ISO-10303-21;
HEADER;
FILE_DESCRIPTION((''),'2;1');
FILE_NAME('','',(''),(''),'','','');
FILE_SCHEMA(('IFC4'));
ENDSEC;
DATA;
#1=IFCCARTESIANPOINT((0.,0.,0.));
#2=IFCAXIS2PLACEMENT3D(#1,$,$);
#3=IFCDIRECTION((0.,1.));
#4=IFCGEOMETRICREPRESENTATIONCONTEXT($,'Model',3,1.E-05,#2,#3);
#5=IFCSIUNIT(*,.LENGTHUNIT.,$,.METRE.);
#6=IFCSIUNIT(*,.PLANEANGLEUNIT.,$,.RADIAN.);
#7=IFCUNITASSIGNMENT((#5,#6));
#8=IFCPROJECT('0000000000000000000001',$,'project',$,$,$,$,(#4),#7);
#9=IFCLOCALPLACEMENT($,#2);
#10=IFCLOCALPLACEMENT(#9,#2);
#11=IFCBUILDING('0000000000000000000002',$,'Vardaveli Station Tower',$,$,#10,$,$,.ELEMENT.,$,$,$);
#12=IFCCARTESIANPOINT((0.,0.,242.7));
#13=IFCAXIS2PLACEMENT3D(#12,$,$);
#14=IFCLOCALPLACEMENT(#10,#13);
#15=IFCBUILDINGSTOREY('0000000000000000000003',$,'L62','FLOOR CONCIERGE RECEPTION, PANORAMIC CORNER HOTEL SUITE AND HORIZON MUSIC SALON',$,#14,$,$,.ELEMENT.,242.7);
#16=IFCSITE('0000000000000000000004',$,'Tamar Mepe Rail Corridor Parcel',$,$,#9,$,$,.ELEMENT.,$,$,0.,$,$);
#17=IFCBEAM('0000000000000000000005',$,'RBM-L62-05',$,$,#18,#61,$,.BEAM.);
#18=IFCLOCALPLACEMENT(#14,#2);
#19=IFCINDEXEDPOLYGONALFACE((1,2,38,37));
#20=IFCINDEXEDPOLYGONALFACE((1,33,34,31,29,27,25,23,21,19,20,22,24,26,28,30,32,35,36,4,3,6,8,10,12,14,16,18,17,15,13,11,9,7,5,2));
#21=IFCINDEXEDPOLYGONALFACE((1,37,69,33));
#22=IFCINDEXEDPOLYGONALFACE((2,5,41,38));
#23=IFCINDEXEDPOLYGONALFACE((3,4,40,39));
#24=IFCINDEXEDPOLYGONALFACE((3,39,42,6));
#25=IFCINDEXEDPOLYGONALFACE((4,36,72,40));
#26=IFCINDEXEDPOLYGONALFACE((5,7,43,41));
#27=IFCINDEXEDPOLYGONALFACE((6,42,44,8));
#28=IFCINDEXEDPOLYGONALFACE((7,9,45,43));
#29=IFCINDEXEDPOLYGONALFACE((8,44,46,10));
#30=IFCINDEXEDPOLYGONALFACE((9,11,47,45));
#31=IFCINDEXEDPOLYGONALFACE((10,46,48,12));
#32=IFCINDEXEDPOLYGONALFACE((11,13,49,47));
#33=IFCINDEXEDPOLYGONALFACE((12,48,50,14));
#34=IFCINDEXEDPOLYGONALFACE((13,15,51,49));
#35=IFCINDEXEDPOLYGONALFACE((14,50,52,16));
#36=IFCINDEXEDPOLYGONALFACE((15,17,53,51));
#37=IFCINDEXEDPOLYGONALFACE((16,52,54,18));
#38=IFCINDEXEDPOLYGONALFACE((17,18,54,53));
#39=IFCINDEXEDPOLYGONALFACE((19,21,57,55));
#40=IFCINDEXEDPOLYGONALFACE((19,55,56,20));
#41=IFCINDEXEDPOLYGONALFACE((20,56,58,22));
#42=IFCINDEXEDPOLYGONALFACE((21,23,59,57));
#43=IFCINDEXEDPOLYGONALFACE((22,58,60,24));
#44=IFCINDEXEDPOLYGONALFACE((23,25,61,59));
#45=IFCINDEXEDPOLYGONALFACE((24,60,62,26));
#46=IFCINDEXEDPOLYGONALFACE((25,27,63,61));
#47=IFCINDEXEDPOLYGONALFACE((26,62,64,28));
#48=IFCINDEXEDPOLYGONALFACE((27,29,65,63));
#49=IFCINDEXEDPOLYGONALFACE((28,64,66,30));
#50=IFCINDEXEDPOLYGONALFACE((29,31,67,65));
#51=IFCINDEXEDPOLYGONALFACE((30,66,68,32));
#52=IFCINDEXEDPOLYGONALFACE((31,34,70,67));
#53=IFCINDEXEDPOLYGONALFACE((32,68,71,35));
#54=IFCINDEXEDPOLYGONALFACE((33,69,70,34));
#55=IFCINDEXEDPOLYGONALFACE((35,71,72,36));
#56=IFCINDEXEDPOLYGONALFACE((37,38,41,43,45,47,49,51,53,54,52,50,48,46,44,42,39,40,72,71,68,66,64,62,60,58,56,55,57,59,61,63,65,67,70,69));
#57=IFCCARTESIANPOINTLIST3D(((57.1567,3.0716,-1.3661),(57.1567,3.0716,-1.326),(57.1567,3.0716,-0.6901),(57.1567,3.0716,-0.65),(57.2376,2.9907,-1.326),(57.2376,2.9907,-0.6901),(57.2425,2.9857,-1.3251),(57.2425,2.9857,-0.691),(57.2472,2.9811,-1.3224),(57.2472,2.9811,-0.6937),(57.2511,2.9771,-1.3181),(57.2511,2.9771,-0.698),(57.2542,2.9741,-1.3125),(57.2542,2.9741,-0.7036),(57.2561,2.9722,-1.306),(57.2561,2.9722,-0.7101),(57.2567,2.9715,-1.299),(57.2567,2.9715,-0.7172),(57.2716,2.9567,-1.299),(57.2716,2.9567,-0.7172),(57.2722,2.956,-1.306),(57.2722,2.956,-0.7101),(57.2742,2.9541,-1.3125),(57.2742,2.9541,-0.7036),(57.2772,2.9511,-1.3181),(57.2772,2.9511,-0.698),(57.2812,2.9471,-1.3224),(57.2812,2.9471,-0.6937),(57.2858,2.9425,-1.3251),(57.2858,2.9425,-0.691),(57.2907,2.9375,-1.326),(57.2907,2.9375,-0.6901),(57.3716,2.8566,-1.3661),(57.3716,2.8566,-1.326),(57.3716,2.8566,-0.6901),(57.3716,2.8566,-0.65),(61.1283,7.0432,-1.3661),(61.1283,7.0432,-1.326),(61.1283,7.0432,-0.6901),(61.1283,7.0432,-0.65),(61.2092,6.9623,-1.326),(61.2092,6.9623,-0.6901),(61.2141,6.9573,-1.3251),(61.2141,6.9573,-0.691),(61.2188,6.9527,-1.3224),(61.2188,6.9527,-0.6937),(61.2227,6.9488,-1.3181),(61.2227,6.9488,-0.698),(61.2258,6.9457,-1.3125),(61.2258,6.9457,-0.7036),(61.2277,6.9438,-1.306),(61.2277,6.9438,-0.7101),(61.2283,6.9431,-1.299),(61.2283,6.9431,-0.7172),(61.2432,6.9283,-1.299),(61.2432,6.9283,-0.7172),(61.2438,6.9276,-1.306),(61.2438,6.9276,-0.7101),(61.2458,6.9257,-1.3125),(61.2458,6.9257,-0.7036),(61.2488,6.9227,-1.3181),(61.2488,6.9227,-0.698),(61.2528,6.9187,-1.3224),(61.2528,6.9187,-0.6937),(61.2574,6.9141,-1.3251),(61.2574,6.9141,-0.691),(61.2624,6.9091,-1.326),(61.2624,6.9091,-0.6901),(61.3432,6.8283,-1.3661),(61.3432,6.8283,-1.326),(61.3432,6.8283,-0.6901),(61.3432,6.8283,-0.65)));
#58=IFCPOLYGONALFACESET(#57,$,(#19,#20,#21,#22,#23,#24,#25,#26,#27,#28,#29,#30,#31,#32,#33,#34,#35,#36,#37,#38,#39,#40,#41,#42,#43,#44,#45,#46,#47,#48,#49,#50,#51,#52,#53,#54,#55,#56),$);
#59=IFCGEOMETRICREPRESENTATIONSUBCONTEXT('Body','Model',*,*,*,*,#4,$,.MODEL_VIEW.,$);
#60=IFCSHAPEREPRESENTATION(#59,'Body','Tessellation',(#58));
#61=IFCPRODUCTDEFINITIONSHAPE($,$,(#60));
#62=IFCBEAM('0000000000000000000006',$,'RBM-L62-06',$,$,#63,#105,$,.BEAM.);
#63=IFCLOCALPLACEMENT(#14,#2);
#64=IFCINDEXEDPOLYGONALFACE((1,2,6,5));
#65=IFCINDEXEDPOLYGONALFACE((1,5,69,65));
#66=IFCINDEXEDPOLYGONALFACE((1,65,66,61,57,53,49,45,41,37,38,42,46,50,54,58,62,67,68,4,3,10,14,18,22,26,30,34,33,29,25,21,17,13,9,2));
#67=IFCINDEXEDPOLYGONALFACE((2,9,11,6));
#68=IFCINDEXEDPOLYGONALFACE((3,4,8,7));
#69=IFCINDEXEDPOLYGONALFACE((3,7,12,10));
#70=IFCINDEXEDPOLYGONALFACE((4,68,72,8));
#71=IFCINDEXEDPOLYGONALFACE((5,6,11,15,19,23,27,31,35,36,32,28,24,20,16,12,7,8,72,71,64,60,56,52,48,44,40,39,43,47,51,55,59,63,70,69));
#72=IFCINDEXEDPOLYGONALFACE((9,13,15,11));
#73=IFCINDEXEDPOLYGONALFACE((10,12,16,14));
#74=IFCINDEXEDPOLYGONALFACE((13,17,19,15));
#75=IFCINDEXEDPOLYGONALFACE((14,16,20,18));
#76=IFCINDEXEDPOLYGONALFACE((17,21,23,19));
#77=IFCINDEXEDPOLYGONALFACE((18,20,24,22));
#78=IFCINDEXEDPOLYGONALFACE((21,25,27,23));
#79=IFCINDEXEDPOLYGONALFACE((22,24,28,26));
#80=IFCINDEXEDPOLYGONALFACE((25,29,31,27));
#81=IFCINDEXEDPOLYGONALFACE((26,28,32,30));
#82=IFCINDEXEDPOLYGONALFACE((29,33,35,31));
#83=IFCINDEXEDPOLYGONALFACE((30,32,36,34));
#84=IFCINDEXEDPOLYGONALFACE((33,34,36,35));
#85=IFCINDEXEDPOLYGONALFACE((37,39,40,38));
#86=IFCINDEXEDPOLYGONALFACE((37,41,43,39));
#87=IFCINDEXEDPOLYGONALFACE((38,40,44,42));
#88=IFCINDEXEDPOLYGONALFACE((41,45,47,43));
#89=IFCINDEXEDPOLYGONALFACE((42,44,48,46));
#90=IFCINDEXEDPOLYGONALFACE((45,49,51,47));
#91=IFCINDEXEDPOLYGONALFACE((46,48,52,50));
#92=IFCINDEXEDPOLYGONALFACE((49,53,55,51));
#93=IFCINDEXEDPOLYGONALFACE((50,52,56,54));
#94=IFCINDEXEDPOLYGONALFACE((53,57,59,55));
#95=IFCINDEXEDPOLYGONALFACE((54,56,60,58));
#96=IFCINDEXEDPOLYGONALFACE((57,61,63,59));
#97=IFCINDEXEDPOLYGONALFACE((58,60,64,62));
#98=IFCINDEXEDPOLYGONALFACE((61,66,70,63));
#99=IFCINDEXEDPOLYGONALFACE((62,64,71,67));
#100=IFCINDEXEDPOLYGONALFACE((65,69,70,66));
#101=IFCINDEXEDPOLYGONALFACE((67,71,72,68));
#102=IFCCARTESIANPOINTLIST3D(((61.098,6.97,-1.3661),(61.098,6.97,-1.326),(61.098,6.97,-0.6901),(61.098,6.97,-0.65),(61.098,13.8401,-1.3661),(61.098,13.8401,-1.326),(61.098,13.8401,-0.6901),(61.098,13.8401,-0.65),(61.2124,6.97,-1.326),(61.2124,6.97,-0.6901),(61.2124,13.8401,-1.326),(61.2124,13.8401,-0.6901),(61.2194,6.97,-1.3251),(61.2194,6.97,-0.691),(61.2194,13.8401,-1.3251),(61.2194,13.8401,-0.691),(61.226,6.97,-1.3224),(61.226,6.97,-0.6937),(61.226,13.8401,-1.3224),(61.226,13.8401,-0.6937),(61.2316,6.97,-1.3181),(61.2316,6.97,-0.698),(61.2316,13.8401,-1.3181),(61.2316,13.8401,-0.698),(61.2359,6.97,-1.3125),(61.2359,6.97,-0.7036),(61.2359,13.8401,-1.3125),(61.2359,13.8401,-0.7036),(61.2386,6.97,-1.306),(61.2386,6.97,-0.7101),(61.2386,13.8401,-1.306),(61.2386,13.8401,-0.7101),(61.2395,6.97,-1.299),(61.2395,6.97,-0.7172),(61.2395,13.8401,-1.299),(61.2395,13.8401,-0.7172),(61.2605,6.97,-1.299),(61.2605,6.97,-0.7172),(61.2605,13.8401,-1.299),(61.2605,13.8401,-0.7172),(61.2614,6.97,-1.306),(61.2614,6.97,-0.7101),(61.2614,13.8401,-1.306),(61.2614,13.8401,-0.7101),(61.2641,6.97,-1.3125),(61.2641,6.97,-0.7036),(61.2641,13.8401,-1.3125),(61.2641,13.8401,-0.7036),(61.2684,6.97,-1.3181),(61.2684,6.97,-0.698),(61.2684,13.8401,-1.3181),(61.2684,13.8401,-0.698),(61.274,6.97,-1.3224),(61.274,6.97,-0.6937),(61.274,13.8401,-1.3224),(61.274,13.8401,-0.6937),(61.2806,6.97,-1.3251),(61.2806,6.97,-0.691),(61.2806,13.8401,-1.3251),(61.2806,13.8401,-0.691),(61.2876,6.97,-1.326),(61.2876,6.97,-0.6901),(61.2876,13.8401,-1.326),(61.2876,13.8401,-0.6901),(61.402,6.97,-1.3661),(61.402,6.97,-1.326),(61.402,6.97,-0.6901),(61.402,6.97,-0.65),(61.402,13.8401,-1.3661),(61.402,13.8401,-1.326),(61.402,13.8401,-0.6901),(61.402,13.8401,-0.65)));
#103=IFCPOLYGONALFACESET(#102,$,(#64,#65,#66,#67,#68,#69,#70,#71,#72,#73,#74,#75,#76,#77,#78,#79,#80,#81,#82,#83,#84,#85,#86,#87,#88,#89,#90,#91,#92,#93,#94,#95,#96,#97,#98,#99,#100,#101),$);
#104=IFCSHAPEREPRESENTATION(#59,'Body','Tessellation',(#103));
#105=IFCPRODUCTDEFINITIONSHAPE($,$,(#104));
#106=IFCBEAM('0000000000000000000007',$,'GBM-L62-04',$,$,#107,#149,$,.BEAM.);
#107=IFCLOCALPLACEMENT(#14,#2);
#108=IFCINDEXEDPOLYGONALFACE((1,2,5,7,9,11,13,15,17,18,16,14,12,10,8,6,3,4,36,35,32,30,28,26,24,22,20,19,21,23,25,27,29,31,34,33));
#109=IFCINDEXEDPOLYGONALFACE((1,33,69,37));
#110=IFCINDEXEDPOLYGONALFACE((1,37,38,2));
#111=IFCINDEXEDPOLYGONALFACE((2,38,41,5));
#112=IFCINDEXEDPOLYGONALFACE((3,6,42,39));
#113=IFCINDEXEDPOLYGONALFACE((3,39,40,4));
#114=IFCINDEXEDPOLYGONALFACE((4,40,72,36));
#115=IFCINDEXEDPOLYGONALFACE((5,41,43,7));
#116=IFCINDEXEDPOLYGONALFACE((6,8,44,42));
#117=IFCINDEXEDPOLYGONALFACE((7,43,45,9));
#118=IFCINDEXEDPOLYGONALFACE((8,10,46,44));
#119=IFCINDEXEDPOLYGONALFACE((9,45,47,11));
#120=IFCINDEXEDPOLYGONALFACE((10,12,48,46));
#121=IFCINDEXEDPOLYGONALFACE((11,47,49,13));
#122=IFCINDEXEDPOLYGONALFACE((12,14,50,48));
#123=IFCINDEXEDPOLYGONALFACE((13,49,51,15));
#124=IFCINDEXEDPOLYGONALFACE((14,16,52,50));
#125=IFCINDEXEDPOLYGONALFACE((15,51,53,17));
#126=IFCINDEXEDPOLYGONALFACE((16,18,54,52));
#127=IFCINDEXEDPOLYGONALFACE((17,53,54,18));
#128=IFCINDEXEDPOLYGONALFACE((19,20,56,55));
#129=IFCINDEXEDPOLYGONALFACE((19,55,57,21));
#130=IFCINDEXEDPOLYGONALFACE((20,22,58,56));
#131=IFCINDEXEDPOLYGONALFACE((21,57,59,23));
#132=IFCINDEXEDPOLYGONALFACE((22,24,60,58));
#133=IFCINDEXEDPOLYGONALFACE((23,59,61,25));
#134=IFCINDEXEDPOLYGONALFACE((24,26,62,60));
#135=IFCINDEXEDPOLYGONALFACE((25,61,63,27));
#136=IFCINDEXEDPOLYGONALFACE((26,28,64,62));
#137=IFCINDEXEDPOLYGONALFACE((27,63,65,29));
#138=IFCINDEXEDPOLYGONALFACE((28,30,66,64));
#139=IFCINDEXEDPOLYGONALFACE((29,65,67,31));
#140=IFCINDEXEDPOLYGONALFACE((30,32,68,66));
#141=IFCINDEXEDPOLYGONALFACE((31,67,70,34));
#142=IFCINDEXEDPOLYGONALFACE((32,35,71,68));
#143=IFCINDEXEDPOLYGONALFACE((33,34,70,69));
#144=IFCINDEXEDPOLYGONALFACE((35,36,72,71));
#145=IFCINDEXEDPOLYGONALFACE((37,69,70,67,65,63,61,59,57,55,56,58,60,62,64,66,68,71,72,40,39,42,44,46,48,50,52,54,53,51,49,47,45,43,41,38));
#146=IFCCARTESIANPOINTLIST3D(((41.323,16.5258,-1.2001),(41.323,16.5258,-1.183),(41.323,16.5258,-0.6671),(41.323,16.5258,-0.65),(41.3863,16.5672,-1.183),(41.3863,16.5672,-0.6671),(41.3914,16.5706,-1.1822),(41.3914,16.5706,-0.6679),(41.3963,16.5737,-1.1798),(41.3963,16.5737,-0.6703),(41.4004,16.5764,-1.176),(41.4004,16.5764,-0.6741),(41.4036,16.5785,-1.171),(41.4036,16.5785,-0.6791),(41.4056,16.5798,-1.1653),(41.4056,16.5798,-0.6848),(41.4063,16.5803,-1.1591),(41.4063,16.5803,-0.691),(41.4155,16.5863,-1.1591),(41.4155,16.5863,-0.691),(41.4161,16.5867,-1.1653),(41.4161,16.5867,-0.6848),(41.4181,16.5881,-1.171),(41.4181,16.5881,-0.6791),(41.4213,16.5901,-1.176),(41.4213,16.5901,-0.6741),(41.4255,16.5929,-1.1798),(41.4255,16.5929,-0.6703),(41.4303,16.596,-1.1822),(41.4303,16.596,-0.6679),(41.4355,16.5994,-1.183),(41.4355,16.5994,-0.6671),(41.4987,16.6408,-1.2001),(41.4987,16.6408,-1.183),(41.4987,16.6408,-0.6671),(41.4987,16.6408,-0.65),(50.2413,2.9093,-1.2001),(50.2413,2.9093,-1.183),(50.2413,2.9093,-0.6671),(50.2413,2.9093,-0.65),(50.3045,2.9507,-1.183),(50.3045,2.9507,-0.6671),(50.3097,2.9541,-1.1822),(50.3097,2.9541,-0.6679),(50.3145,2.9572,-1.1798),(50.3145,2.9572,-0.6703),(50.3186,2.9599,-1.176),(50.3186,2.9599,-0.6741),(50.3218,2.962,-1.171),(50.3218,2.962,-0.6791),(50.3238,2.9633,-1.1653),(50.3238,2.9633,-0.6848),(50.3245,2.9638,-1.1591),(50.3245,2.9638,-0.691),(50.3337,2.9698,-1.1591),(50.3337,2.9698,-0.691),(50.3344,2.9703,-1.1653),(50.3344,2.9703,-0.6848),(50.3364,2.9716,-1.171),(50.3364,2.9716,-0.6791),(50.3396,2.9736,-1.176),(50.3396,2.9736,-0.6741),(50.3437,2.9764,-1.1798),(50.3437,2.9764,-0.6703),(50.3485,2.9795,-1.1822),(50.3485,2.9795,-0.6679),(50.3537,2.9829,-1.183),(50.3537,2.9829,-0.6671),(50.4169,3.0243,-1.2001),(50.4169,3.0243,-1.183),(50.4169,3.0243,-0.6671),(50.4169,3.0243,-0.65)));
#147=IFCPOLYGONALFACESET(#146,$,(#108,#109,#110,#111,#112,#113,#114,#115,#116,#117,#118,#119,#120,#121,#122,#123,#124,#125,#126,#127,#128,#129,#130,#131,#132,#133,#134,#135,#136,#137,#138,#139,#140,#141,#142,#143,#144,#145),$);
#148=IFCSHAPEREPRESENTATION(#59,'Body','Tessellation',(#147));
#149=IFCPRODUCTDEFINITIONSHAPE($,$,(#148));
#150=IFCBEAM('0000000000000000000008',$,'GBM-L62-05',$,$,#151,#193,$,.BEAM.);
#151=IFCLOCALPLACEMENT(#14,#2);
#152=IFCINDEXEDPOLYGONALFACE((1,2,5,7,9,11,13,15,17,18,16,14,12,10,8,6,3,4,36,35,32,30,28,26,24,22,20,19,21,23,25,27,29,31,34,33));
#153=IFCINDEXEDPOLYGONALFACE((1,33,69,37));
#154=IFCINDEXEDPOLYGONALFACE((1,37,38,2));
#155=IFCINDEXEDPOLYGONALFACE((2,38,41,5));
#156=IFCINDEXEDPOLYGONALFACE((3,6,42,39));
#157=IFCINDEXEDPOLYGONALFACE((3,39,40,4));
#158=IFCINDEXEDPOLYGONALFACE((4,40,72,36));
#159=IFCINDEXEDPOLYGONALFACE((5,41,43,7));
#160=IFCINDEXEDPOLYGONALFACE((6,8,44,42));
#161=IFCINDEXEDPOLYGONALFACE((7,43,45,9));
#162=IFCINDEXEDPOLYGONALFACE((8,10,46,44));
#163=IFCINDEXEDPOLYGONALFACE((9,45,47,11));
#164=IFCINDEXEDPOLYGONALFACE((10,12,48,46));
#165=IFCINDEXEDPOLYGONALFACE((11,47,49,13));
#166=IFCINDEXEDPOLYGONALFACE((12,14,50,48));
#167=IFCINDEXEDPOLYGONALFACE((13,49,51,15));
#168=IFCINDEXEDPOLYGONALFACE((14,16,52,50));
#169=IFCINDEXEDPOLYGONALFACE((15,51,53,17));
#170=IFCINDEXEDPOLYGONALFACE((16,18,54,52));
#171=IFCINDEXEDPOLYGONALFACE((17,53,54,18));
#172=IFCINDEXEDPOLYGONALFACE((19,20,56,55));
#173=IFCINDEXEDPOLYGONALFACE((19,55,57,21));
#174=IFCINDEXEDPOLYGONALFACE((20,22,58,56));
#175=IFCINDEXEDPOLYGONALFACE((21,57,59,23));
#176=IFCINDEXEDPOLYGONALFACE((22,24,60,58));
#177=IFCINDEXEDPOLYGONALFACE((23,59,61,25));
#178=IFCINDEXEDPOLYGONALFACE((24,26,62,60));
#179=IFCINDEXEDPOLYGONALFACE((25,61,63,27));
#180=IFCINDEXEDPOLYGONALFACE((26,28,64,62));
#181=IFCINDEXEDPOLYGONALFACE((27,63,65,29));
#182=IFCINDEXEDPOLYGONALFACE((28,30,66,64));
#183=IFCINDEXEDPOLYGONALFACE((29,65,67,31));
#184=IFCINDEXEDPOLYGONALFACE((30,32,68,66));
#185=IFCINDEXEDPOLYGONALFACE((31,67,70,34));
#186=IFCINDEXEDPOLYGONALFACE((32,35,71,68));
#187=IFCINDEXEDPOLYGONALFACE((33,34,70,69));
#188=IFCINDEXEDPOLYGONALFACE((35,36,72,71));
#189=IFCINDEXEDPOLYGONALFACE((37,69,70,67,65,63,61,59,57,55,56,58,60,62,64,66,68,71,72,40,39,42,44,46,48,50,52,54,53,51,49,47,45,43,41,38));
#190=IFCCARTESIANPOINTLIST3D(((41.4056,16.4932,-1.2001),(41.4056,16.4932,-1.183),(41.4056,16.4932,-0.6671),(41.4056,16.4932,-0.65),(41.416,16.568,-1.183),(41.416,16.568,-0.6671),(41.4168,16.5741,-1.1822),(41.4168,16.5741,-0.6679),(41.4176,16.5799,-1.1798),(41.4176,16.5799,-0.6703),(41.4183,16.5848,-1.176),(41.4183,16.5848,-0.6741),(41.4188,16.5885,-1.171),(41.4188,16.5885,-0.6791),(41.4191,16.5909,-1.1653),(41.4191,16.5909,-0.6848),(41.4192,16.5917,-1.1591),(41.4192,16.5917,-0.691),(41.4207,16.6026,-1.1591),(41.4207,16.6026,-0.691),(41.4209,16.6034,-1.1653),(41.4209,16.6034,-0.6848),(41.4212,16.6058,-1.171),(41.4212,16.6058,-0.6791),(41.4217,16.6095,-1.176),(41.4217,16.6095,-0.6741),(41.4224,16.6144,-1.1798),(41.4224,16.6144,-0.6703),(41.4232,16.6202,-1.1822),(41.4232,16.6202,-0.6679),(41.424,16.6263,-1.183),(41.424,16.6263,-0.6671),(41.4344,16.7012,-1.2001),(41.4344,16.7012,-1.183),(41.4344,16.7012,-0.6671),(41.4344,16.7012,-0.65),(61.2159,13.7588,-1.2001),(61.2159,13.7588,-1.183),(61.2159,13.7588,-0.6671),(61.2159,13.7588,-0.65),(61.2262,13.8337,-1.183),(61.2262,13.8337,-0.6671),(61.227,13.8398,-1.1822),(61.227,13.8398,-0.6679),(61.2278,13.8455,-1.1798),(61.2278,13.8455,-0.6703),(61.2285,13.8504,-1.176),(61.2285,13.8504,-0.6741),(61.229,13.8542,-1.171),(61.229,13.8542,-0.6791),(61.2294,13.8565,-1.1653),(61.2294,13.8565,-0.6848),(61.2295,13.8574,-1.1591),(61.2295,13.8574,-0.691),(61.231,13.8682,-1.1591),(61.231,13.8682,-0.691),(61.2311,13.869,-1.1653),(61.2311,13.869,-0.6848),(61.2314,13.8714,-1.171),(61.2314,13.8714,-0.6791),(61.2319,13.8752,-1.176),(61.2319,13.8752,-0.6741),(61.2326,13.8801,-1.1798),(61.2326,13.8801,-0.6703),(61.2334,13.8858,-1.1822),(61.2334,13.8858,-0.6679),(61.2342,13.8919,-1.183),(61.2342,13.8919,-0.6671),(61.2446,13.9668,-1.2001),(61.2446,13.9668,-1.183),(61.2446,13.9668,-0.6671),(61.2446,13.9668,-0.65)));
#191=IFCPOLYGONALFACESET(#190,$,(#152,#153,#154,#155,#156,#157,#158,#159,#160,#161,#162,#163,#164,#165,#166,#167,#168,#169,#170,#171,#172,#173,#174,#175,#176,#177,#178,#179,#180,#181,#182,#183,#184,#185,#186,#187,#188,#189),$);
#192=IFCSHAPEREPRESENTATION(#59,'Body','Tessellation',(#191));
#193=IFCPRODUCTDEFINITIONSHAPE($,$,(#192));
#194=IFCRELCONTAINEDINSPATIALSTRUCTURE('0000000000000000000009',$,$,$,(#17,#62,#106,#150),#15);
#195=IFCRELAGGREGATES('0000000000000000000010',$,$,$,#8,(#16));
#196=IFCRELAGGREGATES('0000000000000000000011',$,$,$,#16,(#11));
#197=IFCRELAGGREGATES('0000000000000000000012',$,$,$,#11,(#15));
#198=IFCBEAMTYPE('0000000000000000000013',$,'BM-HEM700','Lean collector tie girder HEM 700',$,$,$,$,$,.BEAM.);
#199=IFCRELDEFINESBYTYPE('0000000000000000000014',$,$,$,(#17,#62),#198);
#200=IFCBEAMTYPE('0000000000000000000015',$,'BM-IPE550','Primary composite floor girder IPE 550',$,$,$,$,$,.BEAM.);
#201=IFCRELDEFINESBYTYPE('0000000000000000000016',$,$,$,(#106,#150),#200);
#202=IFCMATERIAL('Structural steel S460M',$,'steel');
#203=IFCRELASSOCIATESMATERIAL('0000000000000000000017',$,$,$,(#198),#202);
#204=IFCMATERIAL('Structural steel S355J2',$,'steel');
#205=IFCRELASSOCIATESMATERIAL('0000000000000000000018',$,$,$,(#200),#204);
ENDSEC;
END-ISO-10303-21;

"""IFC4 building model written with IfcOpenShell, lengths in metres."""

from ifc_helpers import new_model, si_unit, direction, frame, origin, origin_2d, place, context, subcontext, project, spatial, i_section, extrude, source, transform, mapped, material, material_profile, profile_set, type_object, element, save


model = new_model("IFC4")

# Units and contexts
model_context = context("Model", 3, precision=1e-05, world=origin(), true_north=direction((0.0, 1.0)))
body_context = subcontext(model_context, "Body", "Model", "MODEL_VIEW")
ifc_project = project(units=[si_unit("LENGTHUNIT", "METRE"), si_unit("PLANEANGLEUNIT", "RADIAN")], contexts=[model_context])

# Site, building, storey
site_placement = place(None, origin())
site = spatial("IfcSite", under=ifc_project, at=site_placement, Name="Tamar Mepe Rail Corridor Parcel", CompositionType="ELEMENT", RefElevation=0.0)
building_placement = place(site_placement, origin())
building = spatial("IfcBuilding", under=site, at=building_placement, Name="Vardaveli Station Tower", CompositionType="ELEMENT")
storey_placement = place(building_placement, frame((0.0, 0.0, 242.7)))
storey = spatial("IfcBuildingStorey", under=building, at=storey_placement, Name="L62", Description="FLOOR CONCIERGE RECEPTION, PANORAMIC CORNER HOTEL SUITE AND HORIZON MUSIC SALON", CompositionType="ELEMENT", Elevation=242.7)

# Shared definitions
ifc_material_1 = material(Name="Structural steel S460M", Category="steel")

# Beams
ifc_material_profile_1 = material_profile(ifc_material_1, i_section(OverallWidth=0.304, OverallDepth=0.7161, WebThickness=0.021, FlangeThickness=0.04, FilletRadius=0.0271, at=origin_2d()), Name="HEM 700")
ifc_profile_set_1 = profile_set([ifc_material_profile_1], Name="Structural steel S460M")
beam_type_1 = type_object("IfcBeamType", Name="BM-HEM700", Description="Lean collector tie girder HEM 700", PredefinedType="BEAM", material=ifc_profile_set_1)
shared_shape_1 = source(origin(), body_context, "Body", "SweptSolid", [
    extrude(i_section(OverallWidth=0.304, OverallDepth=0.7161, WebThickness=0.021, FlangeThickness=0.04, FilletRadius=0.0271, at=origin_2d()), origin(), (0.0, 0.0, 1.0), 5.6167),
])
beam_1_placement = place(storey_placement, frame((57.2642, 2.9641, -1.0081), z_axis=(0.707107, 0.707107, 0.0), x_axis=(-0.707107, 0.707107, 0.0)))
element("IfcBeam", 1, at=beam_1_placement, inside=storey, type_object=beam_type_1, Name="RBM-L62-05", PredefinedType="BEAM", context=body_context, shape_type="MappedRepresentation", body=[
    mapped(shared_shape_1, transform((0.0, 0.0, 0.0), scale=1.0)),
])
shared_shape_2 = source(origin(), body_context, "Body", "SweptSolid", [
    extrude(i_section(OverallWidth=0.304, OverallDepth=0.7161, WebThickness=0.021, FlangeThickness=0.04, FilletRadius=0.0271, at=origin_2d()), origin(), (0.0, 0.0, 1.0), 6.8701),
])
beam_2_placement = place(storey_placement, frame((61.25, 6.97, -1.0081), z_axis=(0.0, 1.0, 0.0), x_axis=(-1.0, 0.0, 0.0)))
element("IfcBeam", 2, at=beam_2_placement, inside=storey, type_object=beam_type_1, Name="RBM-L62-06", PredefinedType="BEAM", context=body_context, shape_type="MappedRepresentation", body=[
    mapped(shared_shape_2, transform((0.0, 0.0, 0.0), scale=1.0)),
])
ifc_material_2 = material(Name="Structural steel S355J2", Category="steel")
ifc_material_profile_2 = material_profile(ifc_material_2, i_section(OverallWidth=0.21, OverallDepth=0.55, WebThickness=0.011, FlangeThickness=0.0171, FilletRadius=0.0239, at=origin_2d()), Name="IPE 550")
ifc_profile_set_2 = profile_set([ifc_material_profile_2], Name="Structural steel S355J2")
beam_type_2 = type_object("IfcBeamType", Name="BM-IPE550", Description="Primary composite floor girder IPE 550", PredefinedType="BEAM", material=ifc_profile_set_2)
shared_shape_3 = source(origin(), body_context, "Body", "SweptSolid", [
    extrude(i_section(OverallWidth=0.21, OverallDepth=0.55, WebThickness=0.011, FlangeThickness=0.0171, FilletRadius=0.0239, at=origin_2d()), origin(), (0.0, 0.0, 1.0), 16.2771),
])
beam_3_placement = place(storey_placement, frame((50.3291, 2.9668, -0.925), z_axis=(-0.547901, 0.836543, 0.0), x_axis=(-0.836543, -0.547901, 0.0)))
element("IfcBeam", 3, at=beam_3_placement, inside=storey, type_object=beam_type_2, Name="GBM-L62-04", PredefinedType="BEAM", context=body_context, shape_type="MappedRepresentation", body=[
    mapped(shared_shape_3, transform((0.0, 0.0, 0.0), scale=1.0)),
])
shared_shape_4 = source(origin(), body_context, "Body", "SweptSolid", [
    extrude(i_section(OverallWidth=0.21, OverallDepth=0.55, WebThickness=0.011, FlangeThickness=0.0171, FilletRadius=0.0239, at=origin_2d()), origin(), (0.0, 0.0, 1.0), 19.998),
])
beam_4_placement = place(storey_placement, frame((61.2302, 13.8628, -0.925), z_axis=(-0.990608, 0.136732, 0.0), x_axis=(-0.136732, -0.990608, 0.0)))
element("IfcBeam", 4, at=beam_4_placement, inside=storey, type_object=beam_type_2, Name="GBM-L62-05", PredefinedType="BEAM", context=body_context, shape_type="MappedRepresentation", body=[
    mapped(shared_shape_4, transform((0.0, 0.0, 0.0), scale=1.0)),
])

save(model, "model.ifc")
